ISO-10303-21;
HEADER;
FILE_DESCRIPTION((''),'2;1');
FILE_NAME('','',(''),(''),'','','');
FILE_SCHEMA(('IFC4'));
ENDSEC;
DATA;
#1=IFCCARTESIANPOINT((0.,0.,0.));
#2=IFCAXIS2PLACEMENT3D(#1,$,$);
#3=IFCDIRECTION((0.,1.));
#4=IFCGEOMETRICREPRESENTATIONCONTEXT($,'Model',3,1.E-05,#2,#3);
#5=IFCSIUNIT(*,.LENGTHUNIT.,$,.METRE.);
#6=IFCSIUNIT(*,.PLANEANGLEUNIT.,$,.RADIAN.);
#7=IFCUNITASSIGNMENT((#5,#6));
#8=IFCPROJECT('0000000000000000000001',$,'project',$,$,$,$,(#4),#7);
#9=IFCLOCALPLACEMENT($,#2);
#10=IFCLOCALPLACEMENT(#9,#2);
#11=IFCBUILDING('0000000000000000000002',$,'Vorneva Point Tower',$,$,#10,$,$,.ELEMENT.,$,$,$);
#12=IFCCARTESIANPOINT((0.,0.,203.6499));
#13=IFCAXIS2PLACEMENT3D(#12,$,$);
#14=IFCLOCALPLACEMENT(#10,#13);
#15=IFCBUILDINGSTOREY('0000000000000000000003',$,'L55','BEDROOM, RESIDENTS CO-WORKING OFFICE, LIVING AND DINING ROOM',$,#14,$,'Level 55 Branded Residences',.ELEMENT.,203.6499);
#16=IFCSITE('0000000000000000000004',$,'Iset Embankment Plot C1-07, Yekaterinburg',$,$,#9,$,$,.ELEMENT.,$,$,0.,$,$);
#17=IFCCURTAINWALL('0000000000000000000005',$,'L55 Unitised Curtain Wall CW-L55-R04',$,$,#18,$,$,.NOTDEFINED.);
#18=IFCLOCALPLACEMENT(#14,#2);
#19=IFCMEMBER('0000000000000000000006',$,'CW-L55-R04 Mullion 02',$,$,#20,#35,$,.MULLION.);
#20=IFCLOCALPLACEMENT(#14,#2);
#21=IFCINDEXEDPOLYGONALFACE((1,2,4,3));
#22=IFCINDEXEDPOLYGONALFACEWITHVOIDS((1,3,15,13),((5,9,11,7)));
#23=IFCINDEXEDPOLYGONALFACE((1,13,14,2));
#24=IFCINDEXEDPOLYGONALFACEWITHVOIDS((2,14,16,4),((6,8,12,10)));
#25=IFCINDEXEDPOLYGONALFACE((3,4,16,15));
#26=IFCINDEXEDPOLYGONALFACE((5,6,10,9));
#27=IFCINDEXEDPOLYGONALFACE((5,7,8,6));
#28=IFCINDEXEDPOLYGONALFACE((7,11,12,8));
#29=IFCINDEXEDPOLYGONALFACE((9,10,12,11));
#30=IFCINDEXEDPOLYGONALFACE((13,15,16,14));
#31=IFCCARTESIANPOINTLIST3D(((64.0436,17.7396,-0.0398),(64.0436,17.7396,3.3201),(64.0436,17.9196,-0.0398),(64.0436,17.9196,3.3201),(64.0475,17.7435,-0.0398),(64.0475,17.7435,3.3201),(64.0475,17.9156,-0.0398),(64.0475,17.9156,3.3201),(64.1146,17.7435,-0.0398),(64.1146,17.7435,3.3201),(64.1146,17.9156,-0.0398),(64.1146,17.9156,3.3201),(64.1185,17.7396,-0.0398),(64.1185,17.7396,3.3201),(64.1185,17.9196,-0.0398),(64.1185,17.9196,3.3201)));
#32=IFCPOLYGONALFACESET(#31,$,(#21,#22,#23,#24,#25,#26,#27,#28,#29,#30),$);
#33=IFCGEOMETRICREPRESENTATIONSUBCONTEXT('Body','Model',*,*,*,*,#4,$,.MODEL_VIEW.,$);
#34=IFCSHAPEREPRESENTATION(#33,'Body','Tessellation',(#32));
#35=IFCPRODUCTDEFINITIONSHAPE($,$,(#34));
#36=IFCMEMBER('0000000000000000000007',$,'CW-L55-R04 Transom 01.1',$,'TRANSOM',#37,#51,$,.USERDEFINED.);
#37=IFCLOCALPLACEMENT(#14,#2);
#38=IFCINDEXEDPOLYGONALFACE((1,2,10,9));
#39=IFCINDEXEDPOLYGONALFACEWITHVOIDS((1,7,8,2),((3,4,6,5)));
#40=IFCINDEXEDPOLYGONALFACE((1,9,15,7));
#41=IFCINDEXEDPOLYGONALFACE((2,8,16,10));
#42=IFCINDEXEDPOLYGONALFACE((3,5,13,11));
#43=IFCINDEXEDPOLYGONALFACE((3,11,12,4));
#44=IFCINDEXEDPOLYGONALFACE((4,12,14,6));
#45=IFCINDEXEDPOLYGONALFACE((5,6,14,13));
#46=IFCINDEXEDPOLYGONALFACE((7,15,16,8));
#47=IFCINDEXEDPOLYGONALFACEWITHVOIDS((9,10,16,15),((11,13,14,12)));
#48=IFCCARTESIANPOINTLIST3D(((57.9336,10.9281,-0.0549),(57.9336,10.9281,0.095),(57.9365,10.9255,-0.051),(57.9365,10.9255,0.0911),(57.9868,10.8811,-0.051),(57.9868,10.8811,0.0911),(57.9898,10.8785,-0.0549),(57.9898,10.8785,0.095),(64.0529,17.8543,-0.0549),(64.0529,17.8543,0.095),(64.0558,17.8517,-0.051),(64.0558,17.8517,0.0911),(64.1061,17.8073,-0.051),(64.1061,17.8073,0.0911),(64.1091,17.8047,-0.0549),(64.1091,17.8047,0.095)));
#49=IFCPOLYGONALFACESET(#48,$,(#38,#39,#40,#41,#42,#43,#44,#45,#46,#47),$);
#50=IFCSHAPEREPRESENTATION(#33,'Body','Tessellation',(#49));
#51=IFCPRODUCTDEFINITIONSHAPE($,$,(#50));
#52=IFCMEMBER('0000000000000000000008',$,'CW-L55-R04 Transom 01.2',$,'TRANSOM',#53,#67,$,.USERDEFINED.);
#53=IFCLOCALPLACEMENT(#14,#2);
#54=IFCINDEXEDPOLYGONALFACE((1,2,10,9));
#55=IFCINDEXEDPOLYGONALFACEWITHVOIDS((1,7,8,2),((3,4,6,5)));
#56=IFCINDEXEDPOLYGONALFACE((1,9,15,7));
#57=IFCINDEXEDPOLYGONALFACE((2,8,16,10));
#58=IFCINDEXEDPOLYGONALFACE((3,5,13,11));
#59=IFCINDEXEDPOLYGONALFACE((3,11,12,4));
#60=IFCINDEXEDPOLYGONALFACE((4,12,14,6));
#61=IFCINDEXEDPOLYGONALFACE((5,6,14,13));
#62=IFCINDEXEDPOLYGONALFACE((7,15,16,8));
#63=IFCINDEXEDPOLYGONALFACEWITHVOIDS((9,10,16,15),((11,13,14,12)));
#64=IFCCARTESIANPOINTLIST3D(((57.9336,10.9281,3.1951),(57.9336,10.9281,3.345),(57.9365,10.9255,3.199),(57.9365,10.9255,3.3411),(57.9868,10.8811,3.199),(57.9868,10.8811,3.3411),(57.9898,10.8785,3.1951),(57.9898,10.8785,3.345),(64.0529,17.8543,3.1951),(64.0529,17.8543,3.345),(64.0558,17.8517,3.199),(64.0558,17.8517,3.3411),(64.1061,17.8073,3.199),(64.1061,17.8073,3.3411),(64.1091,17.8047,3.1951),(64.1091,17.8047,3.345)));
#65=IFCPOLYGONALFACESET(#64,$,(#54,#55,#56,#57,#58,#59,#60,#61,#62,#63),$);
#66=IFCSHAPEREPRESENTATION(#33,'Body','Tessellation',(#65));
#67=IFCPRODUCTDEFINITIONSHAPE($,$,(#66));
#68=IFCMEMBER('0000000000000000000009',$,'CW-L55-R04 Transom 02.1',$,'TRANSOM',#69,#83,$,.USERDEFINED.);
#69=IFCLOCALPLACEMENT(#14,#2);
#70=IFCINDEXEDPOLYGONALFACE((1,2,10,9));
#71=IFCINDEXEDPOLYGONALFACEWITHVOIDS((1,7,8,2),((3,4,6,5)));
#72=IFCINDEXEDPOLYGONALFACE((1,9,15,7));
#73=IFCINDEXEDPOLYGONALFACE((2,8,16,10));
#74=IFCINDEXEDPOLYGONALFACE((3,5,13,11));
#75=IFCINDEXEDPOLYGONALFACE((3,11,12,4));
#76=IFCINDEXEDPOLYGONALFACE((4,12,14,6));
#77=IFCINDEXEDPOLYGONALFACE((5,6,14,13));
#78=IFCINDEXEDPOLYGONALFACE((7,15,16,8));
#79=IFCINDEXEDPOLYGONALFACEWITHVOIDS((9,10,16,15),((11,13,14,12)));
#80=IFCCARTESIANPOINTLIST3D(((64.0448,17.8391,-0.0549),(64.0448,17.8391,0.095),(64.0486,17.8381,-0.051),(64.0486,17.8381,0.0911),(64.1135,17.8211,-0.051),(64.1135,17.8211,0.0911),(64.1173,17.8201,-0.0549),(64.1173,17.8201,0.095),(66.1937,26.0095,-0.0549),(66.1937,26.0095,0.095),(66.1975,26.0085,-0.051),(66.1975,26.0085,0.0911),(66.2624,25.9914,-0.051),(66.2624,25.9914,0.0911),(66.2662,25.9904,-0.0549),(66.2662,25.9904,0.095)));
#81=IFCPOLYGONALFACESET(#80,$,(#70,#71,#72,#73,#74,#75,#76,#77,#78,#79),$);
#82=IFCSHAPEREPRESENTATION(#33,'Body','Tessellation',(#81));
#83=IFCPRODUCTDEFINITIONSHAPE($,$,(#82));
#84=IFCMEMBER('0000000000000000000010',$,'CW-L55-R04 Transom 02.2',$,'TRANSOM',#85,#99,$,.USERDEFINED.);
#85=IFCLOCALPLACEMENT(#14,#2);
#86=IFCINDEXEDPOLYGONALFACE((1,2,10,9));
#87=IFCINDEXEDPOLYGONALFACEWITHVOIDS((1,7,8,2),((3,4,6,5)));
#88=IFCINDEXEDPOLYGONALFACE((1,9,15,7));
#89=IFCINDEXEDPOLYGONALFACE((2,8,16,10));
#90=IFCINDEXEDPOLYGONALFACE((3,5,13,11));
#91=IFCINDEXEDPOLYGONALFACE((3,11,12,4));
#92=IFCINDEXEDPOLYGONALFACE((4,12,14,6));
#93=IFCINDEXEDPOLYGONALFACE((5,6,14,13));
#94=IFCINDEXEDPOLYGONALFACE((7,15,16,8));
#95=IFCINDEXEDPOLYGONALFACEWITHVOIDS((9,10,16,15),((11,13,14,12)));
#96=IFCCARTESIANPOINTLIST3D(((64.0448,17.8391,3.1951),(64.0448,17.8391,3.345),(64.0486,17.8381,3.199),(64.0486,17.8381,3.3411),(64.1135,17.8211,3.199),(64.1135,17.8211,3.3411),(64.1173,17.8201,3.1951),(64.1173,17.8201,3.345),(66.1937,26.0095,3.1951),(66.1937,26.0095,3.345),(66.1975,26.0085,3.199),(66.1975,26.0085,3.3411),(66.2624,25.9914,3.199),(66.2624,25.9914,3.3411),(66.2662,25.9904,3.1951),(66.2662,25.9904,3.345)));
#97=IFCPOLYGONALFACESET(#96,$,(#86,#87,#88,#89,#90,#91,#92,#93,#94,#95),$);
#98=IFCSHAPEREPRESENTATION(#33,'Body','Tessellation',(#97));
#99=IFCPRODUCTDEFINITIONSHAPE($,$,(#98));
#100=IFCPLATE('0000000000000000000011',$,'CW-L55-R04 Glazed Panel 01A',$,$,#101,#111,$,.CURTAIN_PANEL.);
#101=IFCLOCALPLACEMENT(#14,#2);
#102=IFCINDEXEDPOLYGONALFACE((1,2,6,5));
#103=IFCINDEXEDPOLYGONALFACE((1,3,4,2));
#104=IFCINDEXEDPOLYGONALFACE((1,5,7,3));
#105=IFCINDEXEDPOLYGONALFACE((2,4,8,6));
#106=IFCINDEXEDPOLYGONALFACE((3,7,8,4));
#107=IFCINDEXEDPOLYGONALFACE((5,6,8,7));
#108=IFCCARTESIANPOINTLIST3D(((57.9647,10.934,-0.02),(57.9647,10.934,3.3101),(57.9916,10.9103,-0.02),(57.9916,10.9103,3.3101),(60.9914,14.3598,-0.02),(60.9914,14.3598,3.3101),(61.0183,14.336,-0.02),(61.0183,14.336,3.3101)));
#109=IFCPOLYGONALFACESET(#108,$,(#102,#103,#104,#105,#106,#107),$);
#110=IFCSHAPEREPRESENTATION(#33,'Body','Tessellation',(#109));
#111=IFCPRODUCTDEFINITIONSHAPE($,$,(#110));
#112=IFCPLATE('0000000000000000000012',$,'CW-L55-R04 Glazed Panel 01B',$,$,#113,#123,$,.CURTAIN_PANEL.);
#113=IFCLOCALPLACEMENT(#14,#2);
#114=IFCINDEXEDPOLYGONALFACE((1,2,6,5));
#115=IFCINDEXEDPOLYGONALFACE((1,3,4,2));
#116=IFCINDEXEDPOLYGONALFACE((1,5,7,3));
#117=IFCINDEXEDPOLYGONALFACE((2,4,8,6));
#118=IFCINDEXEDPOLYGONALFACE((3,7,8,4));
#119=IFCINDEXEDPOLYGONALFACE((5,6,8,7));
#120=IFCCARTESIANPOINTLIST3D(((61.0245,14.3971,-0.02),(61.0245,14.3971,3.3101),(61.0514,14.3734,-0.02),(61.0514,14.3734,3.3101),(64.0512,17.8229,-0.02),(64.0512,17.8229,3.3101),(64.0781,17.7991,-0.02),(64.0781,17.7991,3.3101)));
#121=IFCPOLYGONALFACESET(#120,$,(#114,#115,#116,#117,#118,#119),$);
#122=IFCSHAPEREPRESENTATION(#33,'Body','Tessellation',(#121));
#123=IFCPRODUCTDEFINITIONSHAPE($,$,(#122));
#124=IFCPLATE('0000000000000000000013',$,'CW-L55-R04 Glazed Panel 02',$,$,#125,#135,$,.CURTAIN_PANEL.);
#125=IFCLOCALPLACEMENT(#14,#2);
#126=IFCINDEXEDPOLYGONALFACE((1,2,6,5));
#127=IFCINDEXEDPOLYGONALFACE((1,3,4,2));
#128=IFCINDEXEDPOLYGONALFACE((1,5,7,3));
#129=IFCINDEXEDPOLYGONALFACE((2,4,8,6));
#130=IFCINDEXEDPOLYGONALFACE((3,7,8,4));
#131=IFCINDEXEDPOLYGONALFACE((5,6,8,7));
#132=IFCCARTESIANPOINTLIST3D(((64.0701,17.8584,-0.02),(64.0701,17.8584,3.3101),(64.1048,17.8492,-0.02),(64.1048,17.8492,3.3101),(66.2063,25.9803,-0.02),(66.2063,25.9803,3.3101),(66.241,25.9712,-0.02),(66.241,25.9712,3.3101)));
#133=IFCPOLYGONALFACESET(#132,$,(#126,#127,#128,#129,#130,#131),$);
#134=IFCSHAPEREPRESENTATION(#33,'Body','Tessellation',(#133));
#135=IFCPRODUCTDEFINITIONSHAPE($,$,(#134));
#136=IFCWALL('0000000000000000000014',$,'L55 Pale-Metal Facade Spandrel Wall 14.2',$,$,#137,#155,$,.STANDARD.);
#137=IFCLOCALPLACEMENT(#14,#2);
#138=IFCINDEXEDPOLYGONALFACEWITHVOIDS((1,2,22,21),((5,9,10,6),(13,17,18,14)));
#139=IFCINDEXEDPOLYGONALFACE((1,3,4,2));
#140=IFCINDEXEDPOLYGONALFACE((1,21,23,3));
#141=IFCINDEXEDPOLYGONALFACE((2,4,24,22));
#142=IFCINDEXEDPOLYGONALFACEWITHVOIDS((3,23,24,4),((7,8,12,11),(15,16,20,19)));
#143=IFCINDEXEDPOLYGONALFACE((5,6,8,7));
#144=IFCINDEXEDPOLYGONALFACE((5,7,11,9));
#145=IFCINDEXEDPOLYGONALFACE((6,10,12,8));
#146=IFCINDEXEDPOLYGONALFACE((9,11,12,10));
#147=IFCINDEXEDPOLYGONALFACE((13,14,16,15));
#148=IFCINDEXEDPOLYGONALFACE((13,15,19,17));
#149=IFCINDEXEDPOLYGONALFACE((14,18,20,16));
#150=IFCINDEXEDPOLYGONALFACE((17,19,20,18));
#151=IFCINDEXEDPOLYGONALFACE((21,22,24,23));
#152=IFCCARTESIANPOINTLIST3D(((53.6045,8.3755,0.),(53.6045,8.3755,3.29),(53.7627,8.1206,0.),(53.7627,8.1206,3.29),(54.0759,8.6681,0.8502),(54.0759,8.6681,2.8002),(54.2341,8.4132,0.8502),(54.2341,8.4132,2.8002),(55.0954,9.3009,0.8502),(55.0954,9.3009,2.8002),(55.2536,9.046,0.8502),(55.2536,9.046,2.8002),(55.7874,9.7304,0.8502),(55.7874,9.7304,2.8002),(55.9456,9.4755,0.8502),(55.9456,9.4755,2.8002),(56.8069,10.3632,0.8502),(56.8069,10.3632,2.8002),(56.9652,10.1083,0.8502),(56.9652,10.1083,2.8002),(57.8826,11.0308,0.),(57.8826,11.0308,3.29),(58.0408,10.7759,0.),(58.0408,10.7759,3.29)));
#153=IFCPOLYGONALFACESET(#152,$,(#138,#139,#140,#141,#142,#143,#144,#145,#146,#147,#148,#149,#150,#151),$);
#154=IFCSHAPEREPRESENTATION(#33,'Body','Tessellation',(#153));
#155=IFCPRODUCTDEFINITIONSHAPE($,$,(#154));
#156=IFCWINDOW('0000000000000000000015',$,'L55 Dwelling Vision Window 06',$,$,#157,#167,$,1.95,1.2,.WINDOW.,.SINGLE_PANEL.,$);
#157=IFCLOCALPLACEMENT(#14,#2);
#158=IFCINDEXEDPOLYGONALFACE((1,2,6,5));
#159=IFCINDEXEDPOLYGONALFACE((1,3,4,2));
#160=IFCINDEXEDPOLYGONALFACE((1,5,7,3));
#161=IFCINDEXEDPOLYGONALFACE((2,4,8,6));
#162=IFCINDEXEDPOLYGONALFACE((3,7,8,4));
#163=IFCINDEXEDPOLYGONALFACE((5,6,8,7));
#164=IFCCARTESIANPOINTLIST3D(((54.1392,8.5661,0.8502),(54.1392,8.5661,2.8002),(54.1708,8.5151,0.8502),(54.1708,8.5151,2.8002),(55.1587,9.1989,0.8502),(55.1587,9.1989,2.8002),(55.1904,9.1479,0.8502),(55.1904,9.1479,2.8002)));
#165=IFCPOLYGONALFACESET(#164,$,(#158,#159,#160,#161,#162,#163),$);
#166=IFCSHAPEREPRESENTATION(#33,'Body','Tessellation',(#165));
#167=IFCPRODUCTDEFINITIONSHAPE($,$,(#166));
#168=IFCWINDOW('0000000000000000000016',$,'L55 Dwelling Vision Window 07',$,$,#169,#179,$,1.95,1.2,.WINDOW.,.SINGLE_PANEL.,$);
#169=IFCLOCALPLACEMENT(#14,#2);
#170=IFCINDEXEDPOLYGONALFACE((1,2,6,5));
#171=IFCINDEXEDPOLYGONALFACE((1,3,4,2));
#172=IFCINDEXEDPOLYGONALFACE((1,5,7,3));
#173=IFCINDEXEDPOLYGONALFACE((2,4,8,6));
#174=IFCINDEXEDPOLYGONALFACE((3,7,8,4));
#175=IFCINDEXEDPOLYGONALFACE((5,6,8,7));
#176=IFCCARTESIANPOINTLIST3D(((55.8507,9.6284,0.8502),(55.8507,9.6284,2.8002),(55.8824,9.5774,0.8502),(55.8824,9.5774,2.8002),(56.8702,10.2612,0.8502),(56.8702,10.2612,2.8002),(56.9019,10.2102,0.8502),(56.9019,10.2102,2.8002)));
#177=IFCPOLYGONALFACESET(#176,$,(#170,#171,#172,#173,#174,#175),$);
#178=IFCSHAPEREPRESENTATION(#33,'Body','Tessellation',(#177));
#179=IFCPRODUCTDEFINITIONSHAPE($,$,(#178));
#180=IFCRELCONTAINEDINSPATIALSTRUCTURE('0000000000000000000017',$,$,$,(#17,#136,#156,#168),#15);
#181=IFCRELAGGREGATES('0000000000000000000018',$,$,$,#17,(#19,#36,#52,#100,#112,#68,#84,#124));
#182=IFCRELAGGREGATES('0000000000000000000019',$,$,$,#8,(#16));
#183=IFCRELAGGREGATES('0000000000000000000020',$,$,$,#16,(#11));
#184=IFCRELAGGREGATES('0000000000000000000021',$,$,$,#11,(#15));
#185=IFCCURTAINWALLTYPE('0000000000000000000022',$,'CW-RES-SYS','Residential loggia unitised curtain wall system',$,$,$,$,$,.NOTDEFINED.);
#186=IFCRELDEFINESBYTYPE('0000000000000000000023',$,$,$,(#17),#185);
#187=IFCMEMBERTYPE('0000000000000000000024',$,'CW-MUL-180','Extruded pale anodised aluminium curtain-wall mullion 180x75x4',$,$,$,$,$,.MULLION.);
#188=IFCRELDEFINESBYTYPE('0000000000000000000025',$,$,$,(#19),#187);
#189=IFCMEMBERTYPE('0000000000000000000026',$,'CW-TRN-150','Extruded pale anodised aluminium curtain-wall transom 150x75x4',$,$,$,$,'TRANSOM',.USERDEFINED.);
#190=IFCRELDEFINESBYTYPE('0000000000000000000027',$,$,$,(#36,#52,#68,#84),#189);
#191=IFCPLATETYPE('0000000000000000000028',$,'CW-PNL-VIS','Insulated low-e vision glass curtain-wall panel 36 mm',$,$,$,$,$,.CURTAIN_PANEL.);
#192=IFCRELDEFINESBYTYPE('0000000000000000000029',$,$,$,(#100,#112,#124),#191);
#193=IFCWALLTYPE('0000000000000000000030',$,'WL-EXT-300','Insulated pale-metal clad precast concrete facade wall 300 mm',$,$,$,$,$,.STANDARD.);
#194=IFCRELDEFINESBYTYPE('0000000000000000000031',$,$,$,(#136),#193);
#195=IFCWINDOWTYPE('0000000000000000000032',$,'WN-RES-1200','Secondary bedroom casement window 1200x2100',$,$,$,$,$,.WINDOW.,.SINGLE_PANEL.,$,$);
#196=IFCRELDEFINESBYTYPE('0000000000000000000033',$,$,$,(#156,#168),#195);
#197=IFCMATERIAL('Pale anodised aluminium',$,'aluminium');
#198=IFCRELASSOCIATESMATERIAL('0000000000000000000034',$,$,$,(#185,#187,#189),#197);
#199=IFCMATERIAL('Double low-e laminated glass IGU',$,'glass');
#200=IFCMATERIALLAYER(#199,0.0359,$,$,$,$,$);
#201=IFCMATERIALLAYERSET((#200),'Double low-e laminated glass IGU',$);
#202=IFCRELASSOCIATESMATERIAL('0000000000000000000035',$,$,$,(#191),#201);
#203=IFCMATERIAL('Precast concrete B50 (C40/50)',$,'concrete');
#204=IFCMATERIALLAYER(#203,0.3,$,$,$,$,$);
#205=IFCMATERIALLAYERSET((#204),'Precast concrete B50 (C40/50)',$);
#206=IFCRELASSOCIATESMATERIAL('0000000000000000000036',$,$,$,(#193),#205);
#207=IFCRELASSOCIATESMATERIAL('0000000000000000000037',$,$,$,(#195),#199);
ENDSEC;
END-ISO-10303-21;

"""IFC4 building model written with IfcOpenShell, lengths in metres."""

from ifc_helpers import new_model, si_unit, direction, frame, frame_2d, origin, origin_2d, place, context, subcontext, project, spatial, rectangle, hollow_rectangle, extrude, material, layer, layer_set, material_profile, profile_set, type_object, element, fill, aggregate, save


model = new_model("IFC4")

# Units and contexts
model_context = context("Model", 3, precision=1e-05, world=origin(), true_north=direction((0.0, 1.0)))
body_context = subcontext(model_context, "Body", "Model", "MODEL_VIEW")
ifc_project = project(units=[si_unit("LENGTHUNIT", "METRE"), si_unit("PLANEANGLEUNIT", "RADIAN")], contexts=[model_context])

# Site, building, storey
site_placement = place(None, origin())
site = spatial("IfcSite", under=ifc_project, at=site_placement, Name="Iset Embankment Plot C1-07, Yekaterinburg", CompositionType="ELEMENT", RefElevation=0.0)
building_placement = place(site_placement, origin())
building = spatial("IfcBuilding", under=site, at=building_placement, Name="Vorneva Point Tower", CompositionType="ELEMENT")
storey_placement = place(building_placement, frame((0.0, 0.0, 203.6499)))
storey = spatial("IfcBuildingStorey", under=building, at=storey_placement, Name="L55", Description="BEDROOM, RESIDENTS CO-WORKING OFFICE, LIVING AND DINING ROOM", LongName="Level 55 Branded Residences", CompositionType="ELEMENT", Elevation=203.6499)

# Curtain wall, members, plates
ifc_material_1 = material(Name="Pale anodised aluminium", Category="aluminium")
curtain_wall_type = type_object("IfcCurtainWallType", Name="CW-RES-SYS", Description="Residential loggia unitised curtain wall system", PredefinedType="NOTDEFINED", material=ifc_material_1)
curtain_wall_placement = place(storey_placement, origin())
curtain_wall = element("IfcCurtainWall", 1, at=curtain_wall_placement, inside=storey, type_object=curtain_wall_type, Name="L55 Unitised Curtain Wall CW-L55-R04", PredefinedType="NOTDEFINED")
ifc_material_profile_1 = material_profile(ifc_material_1, hollow_rectangle(XDim=0.075, YDim=0.1799, WallThickness=0.0039, at=origin_2d()), Name="AL-MUL 180x75x4")
ifc_profile_set_1 = profile_set([ifc_material_profile_1], Name="Pale anodised aluminium")
member_type_1 = type_object("IfcMemberType", Name="CW-MUL-180", Description="Extruded pale anodised aluminium curtain-wall mullion 180x75x4", PredefinedType="MULLION", material=ifc_profile_set_1)
member_1_placement = place(storey_placement, frame((64.0811, 17.8296, -0.0398), z_axis=(0.0, 0.0, 1.0), x_axis=(1.0, 0.0, 0.0)))
member_1 = element("IfcMember", 2, at=member_1_placement, type_object=member_type_1, Name="CW-L55-R04 Mullion 02", PredefinedType="MULLION", context=body_context, shape_type="SweptSolid", body=[
    extrude(hollow_rectangle(XDim=0.075, YDim=0.1799, WallThickness=0.0039, at=origin_2d()), origin(), (0.0, 0.0, 1.0), 3.3599),
])
ifc_material_profile_2 = material_profile(ifc_material_1, hollow_rectangle(XDim=0.075, YDim=0.1499, WallThickness=0.0039, at=origin_2d()), Name="AL-TRN 150x75x4")
ifc_profile_set_2 = profile_set([ifc_material_profile_2], Name="Pale anodised aluminium")
member_type_2 = type_object("IfcMemberType", Name="CW-TRN-150", Description="Extruded pale anodised aluminium curtain-wall transom 150x75x4", ElementType="TRANSOM", PredefinedType="USERDEFINED", material=ifc_profile_set_2)
member_2_placement = place(storey_placement, frame((57.9617, 10.9033, 0.02), z_axis=(0.662106, 0.74941, 0.0), x_axis=(-0.74941, 0.662106, 0.0)))
member_2 = element("IfcMember", 3, at=member_2_placement, type_object=member_type_2, Name="CW-L55-R04 Transom 01.1", ObjectType="TRANSOM", PredefinedType="USERDEFINED", context=body_context, shape_type="SweptSolid", body=[
    extrude(hollow_rectangle(XDim=0.075, YDim=0.1499, WallThickness=0.0039, at=origin_2d()), origin(), (0.0, 0.0, 1.0), 9.2422),
])
member_3_placement = place(storey_placement, frame((57.9617, 10.9033, 3.27), z_axis=(0.662106, 0.74941, 0.0), x_axis=(-0.74941, 0.662106, 0.0)))
member_3 = element("IfcMember", 4, at=member_3_placement, type_object=member_type_2, Name="CW-L55-R04 Transom 01.2", ObjectType="TRANSOM", PredefinedType="USERDEFINED", context=body_context, shape_type="SweptSolid", body=[
    extrude(hollow_rectangle(XDim=0.075, YDim=0.1499, WallThickness=0.0039, at=origin_2d()), origin(), (0.0, 0.0, 1.0), 9.2422),
])
member_4_placement = place(storey_placement, frame((64.0811, 17.8296, 0.02), z_axis=(0.254362, 0.967109, 0.0), x_axis=(-0.967109, 0.254362, 0.0)))
member_4 = element("IfcMember", 5, at=member_4_placement, type_object=member_type_2, Name="CW-L55-R04 Transom 02.1", ObjectType="TRANSOM", PredefinedType="USERDEFINED", context=body_context, shape_type="SweptSolid", body=[
    extrude(hollow_rectangle(XDim=0.075, YDim=0.1499, WallThickness=0.0039, at=origin_2d()), origin(), (0.0, 0.0, 1.0), 8.4482),
])
member_5_placement = place(storey_placement, frame((64.0811, 17.8296, 3.27), z_axis=(0.254362, 0.967109, 0.0), x_axis=(-0.967109, 0.254362, 0.0)))
member_5 = element("IfcMember", 6, at=member_5_placement, type_object=member_type_2, Name="CW-L55-R04 Transom 02.2", ObjectType="TRANSOM", PredefinedType="USERDEFINED", context=body_context, shape_type="SweptSolid", body=[
    extrude(hollow_rectangle(XDim=0.075, YDim=0.1499, WallThickness=0.0039, at=origin_2d()), origin(), (0.0, 0.0, 1.0), 8.4482),
])
ifc_material_2 = material(Name="Double low-e laminated glass IGU", Category="glass")
ifc_layer_1 = layer(ifc_material_2, 0.0359)
ifc_layer_set_1 = layer_set([ifc_layer_1], Name="Double low-e laminated glass IGU")
plate_type = type_object("IfcPlateType", Name="CW-PNL-VIS", Description="Insulated low-e vision glass curtain-wall panel 36 mm", PredefinedType="CURTAIN_PANEL", material=ifc_layer_set_1)
plate_1_placement = place(storey_placement, frame((59.4915, 12.635, -0.02), z_axis=(0.0, 0.0, 1.0), x_axis=(0.66211, 0.749407, 0.0)))
plate_1 = element("IfcPlate", 7, at=plate_1_placement, type_object=plate_type, Name="CW-L55-R04 Glazed Panel 01A", PredefinedType="CURTAIN_PANEL", context=body_context, shape_type="SweptSolid", body=[
    extrude(rectangle(XDim=4.5713, YDim=0.0359, at=origin_2d()), origin(), (0.0, 0.0, 1.0), 3.3301),
])
plate_2_placement = place(storey_placement, frame((62.5513, 16.0981, -0.02), z_axis=(0.0, 0.0, 1.0), x_axis=(0.66211, 0.749407, 0.0)))
plate_2 = element("IfcPlate", 8, at=plate_2_placement, type_object=plate_type, Name="CW-L55-R04 Glazed Panel 01B", PredefinedType="CURTAIN_PANEL", context=body_context, shape_type="SweptSolid", body=[
    extrude(rectangle(XDim=4.5713, YDim=0.0359, at=origin_2d()), origin(), (0.0, 0.0, 1.0), 3.3301),
])
plate_3_placement = place(storey_placement, frame((65.1555, 21.9148, -0.02), z_axis=(0.0, 0.0, 1.0), x_axis=(0.254366, 0.967108, 0.0)))
plate_3 = element("IfcPlate", 9, at=plate_3_placement, type_object=plate_type, Name="CW-L55-R04 Glazed Panel 02", PredefinedType="CURTAIN_PANEL", context=body_context, shape_type="SweptSolid", body=[
    extrude(rectangle(XDim=8.3982, YDim=0.0359, at=origin_2d()), origin(), (0.0, 0.0, 1.0), 3.3301),
])
aggregate(curtain_wall, [member_1, member_2, member_3, plate_1, plate_2, member_4, member_5, plate_3])

# Wall, openings, windows
ifc_material_3 = material(Name="Precast concrete B50 (C40/50)", Category="concrete")
ifc_layer_2 = layer(ifc_material_3, 0.3)
ifc_layer_set_2 = layer_set([ifc_layer_2], Name="Precast concrete B50 (C40/50)")
wall_type_1 = type_object("IfcWallType", Name="WL-EXT-300", Description="Insulated pale-metal clad precast concrete facade wall 300 mm", PredefinedType="STANDARD", material=ifc_layer_set_2)
wall_1_placement = place(storey_placement, frame((53.6836, 8.248, 0.0), z_axis=(0.0, 0.0, 1.0), x_axis=(0.849648, 0.527351, 0.0)))
wall_1 = element("IfcWall", 10, at=wall_1_placement, inside=storey, type_object=wall_type_1, Name="L55 Pale-Metal Facade Spandrel Wall 14.2", PredefinedType="STANDARD", context=body_context, shape_type="SweptSolid", body=[
    extrude(rectangle(XDim=5.0352, YDim=0.3, at=frame_2d((2.5176, 0.0))), origin(), (0.0, 0.0, 1.0), 3.29),
])
opening_1_placement = place(wall_1_placement, frame((0.5547, 0.0, 0.8501)))
opening_1 = element("IfcOpeningElement", 11, at=opening_1_placement, cuts=wall_1, PredefinedType="OPENING", context=body_context, shape_type="SweptSolid", body=[
    extrude(rectangle(XDim=1.2, YDim=1.95, at=frame_2d((0.6001, 0.9751))), frame((0.0, 0.165, 0.0), z_axis=(0.0, -1.0, 0.0), x_axis=(1.0, 0.0, 0.0)), (0.0, 0.0, 1.0), 0.3298),
])
opening_2_placement = place(wall_1_placement, frame((2.5691, 0.0, 0.8501)))
opening_2 = element("IfcOpeningElement", 12, at=opening_2_placement, cuts=wall_1, PredefinedType="OPENING", context=body_context, shape_type="SweptSolid", body=[
    extrude(rectangle(XDim=1.2, YDim=1.95, at=frame_2d((0.6001, 0.9751))), frame((0.0, 0.165, 0.0), z_axis=(0.0, -1.0, 0.0), x_axis=(1.0, 0.0, 0.0)), (0.0, 0.0, 1.0), 0.3298),
])
window_type = type_object("IfcWindowType", Name="WN-RES-1200", Description="Secondary bedroom casement window 1200x2100", PartitioningType="SINGLE_PANEL", PredefinedType="WINDOW", material=ifc_material_2)
window_1_placement = place(opening_1_placement, origin())
window_1 = element("IfcWindow", 13, at=window_1_placement, inside=storey, type_object=window_type, Name="L55 Dwelling Vision Window 06", OverallHeight=1.95, OverallWidth=1.2, PartitioningType="SINGLE_PANEL", PredefinedType="WINDOW", context=body_context, shape_type="SweptSolid", body=[
    extrude(rectangle(XDim=1.2, YDim=1.95, at=frame_2d((0.6001, 0.9751))), frame((0.0, 0.03, 0.0), z_axis=(0.0, -1.0, 0.0), x_axis=(1.0, 0.0, 0.0)), (0.0, 0.0, 1.0), 0.0601),
])
fill(opening_1, window_1)
window_2_placement = place(opening_2_placement, origin())
window_2 = element("IfcWindow", 14, at=window_2_placement, inside=storey, type_object=window_type, Name="L55 Dwelling Vision Window 07", OverallHeight=1.95, OverallWidth=1.2, PartitioningType="SINGLE_PANEL", PredefinedType="WINDOW", context=body_context, shape_type="SweptSolid", body=[
    extrude(rectangle(XDim=1.2, YDim=1.95, at=frame_2d((0.6001, 0.9751))), frame((0.0, 0.03, 0.0), z_axis=(0.0, -1.0, 0.0), x_axis=(1.0, 0.0, 0.0)), (0.0, 0.0, 1.0), 0.0601),
])
fill(opening_2, window_2)

save(model, "model.ifc")
